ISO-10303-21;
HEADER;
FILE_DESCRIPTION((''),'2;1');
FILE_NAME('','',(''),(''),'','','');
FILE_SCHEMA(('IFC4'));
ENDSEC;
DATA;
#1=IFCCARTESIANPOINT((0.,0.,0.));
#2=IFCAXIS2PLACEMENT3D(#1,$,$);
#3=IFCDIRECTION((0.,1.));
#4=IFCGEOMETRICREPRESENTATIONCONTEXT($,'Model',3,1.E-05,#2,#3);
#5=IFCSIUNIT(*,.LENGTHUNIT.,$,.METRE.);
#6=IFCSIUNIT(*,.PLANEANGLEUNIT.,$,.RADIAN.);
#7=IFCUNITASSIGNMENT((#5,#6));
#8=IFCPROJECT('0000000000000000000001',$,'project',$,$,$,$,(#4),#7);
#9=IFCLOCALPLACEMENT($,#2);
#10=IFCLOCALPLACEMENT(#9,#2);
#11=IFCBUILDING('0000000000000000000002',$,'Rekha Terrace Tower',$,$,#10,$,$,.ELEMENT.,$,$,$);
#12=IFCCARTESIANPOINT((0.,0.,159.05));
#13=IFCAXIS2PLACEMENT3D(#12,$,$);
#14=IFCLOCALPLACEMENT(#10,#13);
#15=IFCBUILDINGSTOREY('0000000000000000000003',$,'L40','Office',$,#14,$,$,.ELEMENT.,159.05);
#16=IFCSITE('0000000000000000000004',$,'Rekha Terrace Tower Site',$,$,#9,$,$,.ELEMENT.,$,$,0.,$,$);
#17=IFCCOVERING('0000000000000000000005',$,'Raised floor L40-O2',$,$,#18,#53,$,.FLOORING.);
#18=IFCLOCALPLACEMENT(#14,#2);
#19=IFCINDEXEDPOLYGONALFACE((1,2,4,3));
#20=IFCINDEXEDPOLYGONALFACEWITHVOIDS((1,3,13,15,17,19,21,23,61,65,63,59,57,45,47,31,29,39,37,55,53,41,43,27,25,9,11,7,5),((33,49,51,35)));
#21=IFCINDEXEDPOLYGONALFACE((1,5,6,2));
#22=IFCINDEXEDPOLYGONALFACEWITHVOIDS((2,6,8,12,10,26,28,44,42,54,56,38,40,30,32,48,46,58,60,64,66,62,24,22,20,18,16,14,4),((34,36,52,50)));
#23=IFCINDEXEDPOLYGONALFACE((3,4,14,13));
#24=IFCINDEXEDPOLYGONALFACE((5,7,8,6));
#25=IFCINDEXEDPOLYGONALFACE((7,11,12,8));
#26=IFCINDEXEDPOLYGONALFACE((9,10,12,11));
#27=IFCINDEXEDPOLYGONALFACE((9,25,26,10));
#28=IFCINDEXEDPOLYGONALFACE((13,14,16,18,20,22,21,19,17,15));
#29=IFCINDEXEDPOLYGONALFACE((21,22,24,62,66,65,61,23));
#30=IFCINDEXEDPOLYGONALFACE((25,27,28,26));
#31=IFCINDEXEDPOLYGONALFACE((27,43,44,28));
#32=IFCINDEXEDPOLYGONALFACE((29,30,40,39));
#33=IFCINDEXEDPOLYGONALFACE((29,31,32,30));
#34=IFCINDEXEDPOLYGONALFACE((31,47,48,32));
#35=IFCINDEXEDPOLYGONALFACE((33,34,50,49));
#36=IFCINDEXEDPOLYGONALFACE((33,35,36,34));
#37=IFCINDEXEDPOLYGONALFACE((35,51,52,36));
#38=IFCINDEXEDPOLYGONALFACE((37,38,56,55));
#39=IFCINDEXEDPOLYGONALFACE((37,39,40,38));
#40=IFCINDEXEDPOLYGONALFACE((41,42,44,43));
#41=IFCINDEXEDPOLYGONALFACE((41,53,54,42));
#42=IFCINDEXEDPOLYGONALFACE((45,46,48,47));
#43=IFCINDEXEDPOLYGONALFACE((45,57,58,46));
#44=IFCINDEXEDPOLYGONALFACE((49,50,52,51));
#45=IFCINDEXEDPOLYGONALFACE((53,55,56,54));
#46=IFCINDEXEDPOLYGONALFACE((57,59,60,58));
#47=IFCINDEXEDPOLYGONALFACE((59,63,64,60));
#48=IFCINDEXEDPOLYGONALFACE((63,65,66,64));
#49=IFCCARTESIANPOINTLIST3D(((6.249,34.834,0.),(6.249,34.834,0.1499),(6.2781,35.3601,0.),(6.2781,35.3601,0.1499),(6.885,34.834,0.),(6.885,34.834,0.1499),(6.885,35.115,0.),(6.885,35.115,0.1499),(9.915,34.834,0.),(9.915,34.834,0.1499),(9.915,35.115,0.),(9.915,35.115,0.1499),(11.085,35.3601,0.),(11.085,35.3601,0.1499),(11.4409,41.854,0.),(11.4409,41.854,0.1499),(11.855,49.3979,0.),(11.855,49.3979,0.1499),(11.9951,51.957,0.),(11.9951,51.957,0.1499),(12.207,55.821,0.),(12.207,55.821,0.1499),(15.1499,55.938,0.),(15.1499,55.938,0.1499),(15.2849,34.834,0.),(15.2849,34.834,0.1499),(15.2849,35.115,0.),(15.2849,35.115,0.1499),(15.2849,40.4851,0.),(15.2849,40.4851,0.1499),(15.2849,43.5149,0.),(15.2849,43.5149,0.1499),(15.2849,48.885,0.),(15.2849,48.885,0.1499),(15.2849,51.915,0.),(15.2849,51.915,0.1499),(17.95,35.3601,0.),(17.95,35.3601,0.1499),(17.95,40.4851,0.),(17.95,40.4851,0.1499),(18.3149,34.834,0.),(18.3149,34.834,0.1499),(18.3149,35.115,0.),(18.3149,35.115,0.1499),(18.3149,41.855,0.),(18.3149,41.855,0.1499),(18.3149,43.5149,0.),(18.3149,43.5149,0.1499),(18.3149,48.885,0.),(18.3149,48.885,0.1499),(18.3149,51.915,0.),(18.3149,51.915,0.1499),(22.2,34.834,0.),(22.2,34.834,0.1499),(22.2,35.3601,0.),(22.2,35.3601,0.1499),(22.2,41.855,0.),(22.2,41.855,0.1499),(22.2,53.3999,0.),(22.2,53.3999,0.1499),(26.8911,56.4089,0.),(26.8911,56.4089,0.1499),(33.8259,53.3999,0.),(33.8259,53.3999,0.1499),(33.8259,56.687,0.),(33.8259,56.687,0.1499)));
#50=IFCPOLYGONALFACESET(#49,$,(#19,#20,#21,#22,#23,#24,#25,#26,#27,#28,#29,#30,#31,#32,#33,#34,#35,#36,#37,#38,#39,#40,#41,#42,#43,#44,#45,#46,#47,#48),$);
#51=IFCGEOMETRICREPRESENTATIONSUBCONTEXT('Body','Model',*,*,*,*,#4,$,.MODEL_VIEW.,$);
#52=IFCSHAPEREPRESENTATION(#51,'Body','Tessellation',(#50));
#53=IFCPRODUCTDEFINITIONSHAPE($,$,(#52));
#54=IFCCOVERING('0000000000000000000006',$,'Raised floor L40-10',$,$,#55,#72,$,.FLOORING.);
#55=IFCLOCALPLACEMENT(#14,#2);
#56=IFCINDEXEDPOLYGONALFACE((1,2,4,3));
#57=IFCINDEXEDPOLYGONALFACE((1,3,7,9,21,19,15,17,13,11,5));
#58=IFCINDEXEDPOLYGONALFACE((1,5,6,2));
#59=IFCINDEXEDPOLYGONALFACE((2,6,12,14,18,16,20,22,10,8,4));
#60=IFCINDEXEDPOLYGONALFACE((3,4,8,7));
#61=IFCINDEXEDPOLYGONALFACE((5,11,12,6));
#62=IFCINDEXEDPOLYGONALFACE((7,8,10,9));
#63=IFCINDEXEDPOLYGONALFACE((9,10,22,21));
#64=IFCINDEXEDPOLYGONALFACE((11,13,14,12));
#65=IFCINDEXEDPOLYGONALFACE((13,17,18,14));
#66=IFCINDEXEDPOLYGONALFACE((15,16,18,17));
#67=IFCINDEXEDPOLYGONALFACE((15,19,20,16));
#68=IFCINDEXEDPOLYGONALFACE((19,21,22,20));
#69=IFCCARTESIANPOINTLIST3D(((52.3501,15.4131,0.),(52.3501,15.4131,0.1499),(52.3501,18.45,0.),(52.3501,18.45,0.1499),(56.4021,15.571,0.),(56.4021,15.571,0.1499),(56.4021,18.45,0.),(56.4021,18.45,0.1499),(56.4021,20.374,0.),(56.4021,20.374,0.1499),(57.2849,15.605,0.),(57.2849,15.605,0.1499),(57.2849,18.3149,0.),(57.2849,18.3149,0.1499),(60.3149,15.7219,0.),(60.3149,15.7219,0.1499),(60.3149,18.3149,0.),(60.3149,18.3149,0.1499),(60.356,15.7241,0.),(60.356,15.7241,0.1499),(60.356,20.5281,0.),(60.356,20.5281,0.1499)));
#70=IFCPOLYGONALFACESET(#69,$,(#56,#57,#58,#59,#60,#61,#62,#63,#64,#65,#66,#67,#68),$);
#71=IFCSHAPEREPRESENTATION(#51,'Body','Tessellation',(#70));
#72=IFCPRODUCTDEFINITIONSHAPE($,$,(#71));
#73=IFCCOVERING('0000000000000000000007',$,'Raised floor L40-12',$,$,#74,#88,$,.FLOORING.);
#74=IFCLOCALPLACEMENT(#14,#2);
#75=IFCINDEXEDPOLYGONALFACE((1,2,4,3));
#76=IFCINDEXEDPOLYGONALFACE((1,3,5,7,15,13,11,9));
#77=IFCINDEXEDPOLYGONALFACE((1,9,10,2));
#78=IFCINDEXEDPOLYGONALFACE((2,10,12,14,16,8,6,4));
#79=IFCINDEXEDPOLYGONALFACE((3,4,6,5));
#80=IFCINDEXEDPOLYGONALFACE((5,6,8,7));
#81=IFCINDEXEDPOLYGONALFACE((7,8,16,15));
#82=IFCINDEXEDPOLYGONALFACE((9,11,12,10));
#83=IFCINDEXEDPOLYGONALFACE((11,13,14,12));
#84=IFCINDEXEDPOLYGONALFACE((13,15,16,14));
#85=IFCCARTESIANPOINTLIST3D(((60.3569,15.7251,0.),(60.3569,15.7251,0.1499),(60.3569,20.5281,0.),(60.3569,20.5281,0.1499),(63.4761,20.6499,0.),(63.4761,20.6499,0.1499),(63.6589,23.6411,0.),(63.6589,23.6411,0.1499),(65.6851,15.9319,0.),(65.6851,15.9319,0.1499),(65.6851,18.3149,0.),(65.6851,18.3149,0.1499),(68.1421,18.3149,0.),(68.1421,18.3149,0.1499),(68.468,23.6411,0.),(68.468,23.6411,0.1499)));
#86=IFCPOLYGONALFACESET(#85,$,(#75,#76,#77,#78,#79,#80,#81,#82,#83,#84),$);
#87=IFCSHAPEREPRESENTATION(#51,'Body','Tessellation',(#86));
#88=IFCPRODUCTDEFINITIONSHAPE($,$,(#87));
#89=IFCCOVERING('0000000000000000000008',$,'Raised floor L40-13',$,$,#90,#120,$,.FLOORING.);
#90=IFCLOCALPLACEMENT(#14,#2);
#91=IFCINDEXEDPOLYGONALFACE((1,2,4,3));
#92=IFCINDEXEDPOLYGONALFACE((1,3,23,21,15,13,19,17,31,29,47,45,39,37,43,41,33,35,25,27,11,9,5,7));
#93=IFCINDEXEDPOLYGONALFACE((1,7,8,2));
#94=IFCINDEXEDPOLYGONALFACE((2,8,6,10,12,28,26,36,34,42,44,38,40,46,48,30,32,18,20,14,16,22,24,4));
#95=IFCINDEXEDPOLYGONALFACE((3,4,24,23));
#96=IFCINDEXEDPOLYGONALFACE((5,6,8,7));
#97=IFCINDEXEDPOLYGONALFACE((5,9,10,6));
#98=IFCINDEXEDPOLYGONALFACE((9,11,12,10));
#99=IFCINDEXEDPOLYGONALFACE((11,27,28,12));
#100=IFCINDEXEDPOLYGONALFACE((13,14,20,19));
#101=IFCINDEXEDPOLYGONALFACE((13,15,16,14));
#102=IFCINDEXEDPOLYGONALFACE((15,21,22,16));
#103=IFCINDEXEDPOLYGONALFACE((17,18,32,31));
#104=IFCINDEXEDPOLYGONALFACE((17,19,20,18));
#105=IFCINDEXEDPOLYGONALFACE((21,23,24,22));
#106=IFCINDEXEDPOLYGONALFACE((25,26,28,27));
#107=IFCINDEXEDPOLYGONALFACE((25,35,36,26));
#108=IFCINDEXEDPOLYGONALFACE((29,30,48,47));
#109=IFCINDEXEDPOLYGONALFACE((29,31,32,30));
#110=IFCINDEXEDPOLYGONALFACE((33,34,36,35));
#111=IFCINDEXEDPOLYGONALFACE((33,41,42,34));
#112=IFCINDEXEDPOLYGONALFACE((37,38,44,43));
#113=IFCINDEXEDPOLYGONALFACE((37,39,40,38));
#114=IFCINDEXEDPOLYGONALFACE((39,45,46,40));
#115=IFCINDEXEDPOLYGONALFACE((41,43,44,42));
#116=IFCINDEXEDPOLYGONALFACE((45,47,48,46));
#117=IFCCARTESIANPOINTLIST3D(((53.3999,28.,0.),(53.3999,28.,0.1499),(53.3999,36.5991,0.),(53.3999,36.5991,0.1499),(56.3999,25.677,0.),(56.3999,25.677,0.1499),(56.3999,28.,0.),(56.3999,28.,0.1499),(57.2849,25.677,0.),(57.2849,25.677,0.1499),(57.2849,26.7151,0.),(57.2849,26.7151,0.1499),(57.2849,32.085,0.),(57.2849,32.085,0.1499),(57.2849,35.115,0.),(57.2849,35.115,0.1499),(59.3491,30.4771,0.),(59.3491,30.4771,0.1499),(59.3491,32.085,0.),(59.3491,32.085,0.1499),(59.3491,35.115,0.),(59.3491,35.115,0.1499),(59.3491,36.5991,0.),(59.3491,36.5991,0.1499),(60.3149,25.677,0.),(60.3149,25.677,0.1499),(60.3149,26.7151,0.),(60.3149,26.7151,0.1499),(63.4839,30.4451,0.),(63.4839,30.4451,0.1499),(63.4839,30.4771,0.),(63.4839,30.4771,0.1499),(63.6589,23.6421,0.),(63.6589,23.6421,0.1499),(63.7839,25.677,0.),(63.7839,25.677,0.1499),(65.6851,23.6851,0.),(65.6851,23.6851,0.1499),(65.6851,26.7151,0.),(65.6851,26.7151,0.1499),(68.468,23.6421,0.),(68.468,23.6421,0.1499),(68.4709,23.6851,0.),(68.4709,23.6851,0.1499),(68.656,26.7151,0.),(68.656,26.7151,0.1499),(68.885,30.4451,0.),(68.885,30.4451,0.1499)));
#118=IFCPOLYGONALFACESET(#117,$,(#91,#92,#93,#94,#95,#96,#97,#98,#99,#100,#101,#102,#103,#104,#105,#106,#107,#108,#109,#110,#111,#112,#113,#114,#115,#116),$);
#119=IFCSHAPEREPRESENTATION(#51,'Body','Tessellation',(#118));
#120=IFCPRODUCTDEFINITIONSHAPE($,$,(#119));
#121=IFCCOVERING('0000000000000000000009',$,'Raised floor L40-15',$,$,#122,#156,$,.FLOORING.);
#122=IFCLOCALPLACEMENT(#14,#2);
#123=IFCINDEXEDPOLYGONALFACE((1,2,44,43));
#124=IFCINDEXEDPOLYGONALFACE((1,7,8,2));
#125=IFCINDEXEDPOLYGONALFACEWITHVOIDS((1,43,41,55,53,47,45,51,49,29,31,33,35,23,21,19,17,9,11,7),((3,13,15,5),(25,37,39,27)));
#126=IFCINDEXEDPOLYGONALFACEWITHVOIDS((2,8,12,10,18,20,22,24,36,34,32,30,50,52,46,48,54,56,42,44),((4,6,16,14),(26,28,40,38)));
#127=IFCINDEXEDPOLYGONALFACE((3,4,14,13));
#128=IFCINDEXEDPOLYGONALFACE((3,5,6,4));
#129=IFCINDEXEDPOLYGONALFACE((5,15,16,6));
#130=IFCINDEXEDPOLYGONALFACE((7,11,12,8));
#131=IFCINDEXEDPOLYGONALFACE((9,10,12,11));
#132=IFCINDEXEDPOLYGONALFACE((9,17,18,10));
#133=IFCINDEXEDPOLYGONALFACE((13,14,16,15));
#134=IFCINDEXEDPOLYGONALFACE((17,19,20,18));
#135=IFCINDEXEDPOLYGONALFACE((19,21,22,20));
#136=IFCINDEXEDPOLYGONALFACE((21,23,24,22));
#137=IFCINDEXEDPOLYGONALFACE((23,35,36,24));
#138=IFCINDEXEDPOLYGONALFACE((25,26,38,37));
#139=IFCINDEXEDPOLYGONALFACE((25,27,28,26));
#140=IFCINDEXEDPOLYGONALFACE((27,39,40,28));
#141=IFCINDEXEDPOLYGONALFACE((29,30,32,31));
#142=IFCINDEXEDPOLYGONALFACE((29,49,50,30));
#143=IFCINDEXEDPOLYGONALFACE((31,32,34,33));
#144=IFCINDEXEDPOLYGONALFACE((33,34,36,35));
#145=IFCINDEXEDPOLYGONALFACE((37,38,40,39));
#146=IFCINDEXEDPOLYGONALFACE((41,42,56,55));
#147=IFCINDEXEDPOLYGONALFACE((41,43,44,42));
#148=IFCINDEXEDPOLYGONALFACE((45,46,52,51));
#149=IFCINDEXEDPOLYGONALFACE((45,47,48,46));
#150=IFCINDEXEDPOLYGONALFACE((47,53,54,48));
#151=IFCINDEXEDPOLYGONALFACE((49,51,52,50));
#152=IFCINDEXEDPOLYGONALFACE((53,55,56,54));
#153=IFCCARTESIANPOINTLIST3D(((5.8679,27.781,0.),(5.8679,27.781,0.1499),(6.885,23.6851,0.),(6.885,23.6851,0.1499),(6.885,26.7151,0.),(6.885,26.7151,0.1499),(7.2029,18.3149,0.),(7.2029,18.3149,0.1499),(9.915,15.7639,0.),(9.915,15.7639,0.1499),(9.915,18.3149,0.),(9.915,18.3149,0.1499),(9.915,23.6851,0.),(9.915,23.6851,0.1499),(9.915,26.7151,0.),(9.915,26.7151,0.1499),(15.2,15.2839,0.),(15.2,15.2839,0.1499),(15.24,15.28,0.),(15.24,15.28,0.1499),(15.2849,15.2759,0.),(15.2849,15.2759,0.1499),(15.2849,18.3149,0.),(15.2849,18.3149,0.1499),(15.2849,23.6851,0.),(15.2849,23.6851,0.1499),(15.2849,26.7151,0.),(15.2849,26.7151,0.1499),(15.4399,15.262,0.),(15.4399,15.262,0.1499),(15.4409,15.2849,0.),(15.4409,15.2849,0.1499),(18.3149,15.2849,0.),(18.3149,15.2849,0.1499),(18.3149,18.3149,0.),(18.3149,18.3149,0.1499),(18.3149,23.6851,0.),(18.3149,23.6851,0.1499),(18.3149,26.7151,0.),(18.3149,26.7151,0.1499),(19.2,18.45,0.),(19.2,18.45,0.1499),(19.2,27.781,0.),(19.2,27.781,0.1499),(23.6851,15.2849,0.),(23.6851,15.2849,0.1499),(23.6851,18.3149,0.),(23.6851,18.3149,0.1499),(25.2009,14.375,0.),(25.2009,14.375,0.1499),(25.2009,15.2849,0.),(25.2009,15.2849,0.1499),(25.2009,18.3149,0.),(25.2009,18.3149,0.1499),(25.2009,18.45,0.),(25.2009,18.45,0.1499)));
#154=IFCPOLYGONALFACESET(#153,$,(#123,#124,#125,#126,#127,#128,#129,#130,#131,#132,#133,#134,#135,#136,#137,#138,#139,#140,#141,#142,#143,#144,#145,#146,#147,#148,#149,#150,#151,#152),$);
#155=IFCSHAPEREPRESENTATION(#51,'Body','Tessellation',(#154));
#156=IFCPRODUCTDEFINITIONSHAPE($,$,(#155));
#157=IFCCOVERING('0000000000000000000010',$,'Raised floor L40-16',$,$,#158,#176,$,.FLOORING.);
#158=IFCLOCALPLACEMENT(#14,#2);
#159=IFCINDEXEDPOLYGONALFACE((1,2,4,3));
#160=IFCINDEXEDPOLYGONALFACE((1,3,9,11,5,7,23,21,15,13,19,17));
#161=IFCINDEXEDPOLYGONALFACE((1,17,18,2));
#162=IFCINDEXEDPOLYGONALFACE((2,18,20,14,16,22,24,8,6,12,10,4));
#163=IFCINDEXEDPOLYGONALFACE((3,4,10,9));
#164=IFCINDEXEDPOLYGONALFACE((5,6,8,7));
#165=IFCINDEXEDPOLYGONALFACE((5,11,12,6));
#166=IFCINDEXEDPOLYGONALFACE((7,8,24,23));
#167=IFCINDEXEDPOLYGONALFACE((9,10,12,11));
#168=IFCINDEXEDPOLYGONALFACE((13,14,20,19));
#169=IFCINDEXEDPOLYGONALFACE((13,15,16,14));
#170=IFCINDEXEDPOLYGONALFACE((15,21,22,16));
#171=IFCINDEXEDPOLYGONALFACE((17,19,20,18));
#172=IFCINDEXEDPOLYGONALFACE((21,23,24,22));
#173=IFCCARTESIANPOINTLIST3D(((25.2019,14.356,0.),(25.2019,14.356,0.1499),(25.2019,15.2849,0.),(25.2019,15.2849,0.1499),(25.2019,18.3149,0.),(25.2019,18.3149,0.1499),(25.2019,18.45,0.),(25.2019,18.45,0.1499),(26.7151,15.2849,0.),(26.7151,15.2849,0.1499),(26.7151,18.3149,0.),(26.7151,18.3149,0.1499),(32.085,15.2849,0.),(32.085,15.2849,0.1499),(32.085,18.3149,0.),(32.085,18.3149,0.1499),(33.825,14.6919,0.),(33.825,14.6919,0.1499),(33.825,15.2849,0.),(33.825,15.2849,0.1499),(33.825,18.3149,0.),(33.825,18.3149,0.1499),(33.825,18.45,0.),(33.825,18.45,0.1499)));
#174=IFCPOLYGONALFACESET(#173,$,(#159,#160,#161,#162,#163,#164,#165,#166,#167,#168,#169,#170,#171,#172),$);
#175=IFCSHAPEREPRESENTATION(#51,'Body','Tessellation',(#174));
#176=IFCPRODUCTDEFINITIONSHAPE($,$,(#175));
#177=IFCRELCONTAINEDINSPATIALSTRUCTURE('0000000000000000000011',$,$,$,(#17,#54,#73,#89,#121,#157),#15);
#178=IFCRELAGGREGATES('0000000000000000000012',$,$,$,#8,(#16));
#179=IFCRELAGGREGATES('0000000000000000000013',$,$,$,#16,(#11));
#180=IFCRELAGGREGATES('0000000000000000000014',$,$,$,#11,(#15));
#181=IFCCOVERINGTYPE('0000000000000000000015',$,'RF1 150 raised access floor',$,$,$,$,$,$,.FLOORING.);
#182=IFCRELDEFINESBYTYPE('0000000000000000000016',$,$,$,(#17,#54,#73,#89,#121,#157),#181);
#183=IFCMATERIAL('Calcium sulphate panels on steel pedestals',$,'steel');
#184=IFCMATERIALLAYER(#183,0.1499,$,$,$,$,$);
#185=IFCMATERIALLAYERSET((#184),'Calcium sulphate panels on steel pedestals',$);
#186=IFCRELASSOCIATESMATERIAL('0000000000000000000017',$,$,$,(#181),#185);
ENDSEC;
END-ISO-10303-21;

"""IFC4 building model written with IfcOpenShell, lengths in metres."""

from ifc_helpers import new_model, si_unit, direction, frame, origin, place, context, subcontext, project, spatial, polyline, outline, extrude, material, layer, layer_set, type_object, element, save


model = new_model("IFC4")

# Units and contexts
model_context = context("Model", 3, precision=1e-05, world=origin(), true_north=direction((0.0, 1.0)))
body_context = subcontext(model_context, "Body", "Model", "MODEL_VIEW")
ifc_project = project(units=[si_unit("LENGTHUNIT", "METRE"), si_unit("PLANEANGLEUNIT", "RADIAN")], contexts=[model_context])

# Site, building, storey
site_placement = place(None, origin())
site = spatial("IfcSite", under=ifc_project, at=site_placement, Name="Rekha Terrace Tower Site", CompositionType="ELEMENT", RefElevation=0.0)
building_placement = place(site_placement, origin())
building = spatial("IfcBuilding", under=site, at=building_placement, Name="Rekha Terrace Tower", CompositionType="ELEMENT")
storey_placement = place(building_placement, frame((0.0, 0.0, 159.05)))
storey = spatial("IfcBuildingStorey", under=building, at=storey_placement, Name="L40", Description="Office", CompositionType="ELEMENT", Elevation=159.05)

# Coverings
ifc_material_1 = material(Name="Calcium sulphate panels on steel pedestals", Category="steel")
ifc_layer_1 = layer(ifc_material_1, 0.1499)
ifc_layer_set_1 = layer_set([ifc_layer_1], Name="Calcium sulphate panels on steel pedestals")
covering_type_1 = type_object("IfcCoveringType", Name="RF1 150 raised access floor", PredefinedType="FLOORING", material=ifc_layer_set_1)
covering_1_placement = place(storey_placement, origin())
element("IfcCovering", 1, at=covering_1_placement, inside=storey, type_object=covering_type_1, Name="Raised floor L40-O2", PredefinedType="FLOORING", context=body_context, shape_type="SweptSolid", body=[
    extrude(outline(polyline([(11.855, 49.3979), (11.4409, 41.854), (11.085, 35.3601), (6.2781, 35.3601), (6.249, 34.834), (6.885, 34.834), (6.885, 35.115), (9.915, 35.115), (9.915, 34.834), (15.2849, 34.834), (15.2849, 35.115), (18.3149, 35.115), (18.3149, 34.834), (22.2, 34.834), (22.2, 35.3601), (17.95, 35.3601), (17.95, 40.4851), (15.2849, 40.4851), (15.2849, 43.5149), (18.3149, 43.5149), (18.3149, 41.855), (22.2, 41.855), (22.2, 53.3999), (33.8259, 53.3999), (33.8259, 56.687), (26.8911, 56.4089), (15.1499, 55.938), (12.207, 55.821), (11.9951, 51.957), (11.855, 49.3979)]), holes=[polyline([(18.3149, 48.885), (15.2849, 48.885), (15.2849, 51.915), (18.3149, 51.915), (18.3149, 48.885)])]), origin(), (0.0, 0.0, 1.0), 0.1499),
])
covering_2_placement = place(storey_placement, origin())
element("IfcCovering", 2, at=covering_2_placement, inside=storey, type_object=covering_type_1, Name="Raised floor L40-10", PredefinedType="FLOORING", context=body_context, shape_type="SweptSolid", body=[
    extrude(outline(polyline([(52.3501, 18.45), (52.3501, 15.4131), (56.4021, 15.571), (57.2849, 15.605), (57.2849, 18.3149), (60.3149, 18.3149), (60.3149, 15.7219), (60.356, 15.7241), (60.356, 20.5281), (56.4021, 20.374), (56.4021, 18.45), (52.3501, 18.45)])), origin(), (0.0, 0.0, 1.0), 0.1499),
])
covering_3_placement = place(storey_placement, origin())
element("IfcCovering", 3, at=covering_3_placement, inside=storey, type_object=covering_type_1, Name="Raised floor L40-12", PredefinedType="FLOORING", context=body_context, shape_type="SweptSolid", body=[
    extrude(outline(polyline([(68.1421, 18.3149), (68.468, 23.6411), (63.6589, 23.6411), (63.4761, 20.6499), (60.3569, 20.5281), (60.3569, 15.7251), (65.6851, 15.9319), (65.6851, 18.3149), (68.1421, 18.3149)])), origin(), (0.0, 0.0, 1.0), 0.1499),
])
covering_4_placement = place(storey_placement, origin())
element("IfcCovering", 4, at=covering_4_placement, inside=storey, type_object=covering_type_1, Name="Raised floor L40-13", PredefinedType="FLOORING", context=body_context, shape_type="SweptSolid", body=[
    extrude(outline(polyline([(63.7839, 25.677), (63.6589, 23.6421), (68.468, 23.6421), (68.4709, 23.6851), (65.6851, 23.6851), (65.6851, 26.7151), (68.656, 26.7151), (68.885, 30.4451), (63.4839, 30.4451), (63.4839, 30.4771), (59.3491, 30.4771), (59.3491, 32.085), (57.2849, 32.085), (57.2849, 35.115), (59.3491, 35.115), (59.3491, 36.5991), (53.3999, 36.5991), (53.3999, 28.0), (56.3999, 28.0), (56.3999, 25.677), (57.2849, 25.677), (57.2849, 26.7151), (60.3149, 26.7151), (60.3149, 25.677), (63.7839, 25.677)])), origin(), (0.0, 0.0, 1.0), 0.1499),
])
covering_5_placement = place(storey_placement, origin())
element("IfcCovering", 5, at=covering_5_placement, inside=storey, type_object=covering_type_1, Name="Raised floor L40-15", PredefinedType="FLOORING", context=body_context, shape_type="SweptSolid", body=[
    extrude(outline(polyline([(15.24, 15.28), (15.2849, 15.2759), (15.2849, 18.3149), (18.3149, 18.3149), (18.3149, 15.2849), (15.4409, 15.2849), (15.4399, 15.262), (25.2009, 14.375), (25.2009, 15.2849), (23.6851, 15.2849), (23.6851, 18.3149), (25.2009, 18.3149), (25.2009, 18.45), (19.2, 18.45), (19.2, 27.781), (5.8679, 27.781), (7.2029, 18.3149), (9.915, 18.3149), (9.915, 15.7639), (15.2, 15.2839), (15.24, 15.28)]), holes=[polyline([(18.3149, 26.7151), (18.3149, 23.6851), (15.2849, 23.6851), (15.2849, 26.7151), (18.3149, 26.7151)]), polyline([(9.915, 23.6851), (6.885, 23.6851), (6.885, 26.7151), (9.915, 26.7151), (9.915, 23.6851)])]), origin(), (0.0, 0.0, 1.0), 0.1499),
])
covering_6_placement = place(storey_placement, origin())
element("IfcCovering", 6, at=covering_6_placement, inside=storey, type_object=covering_type_1, Name="Raised floor L40-16", PredefinedType="FLOORING", context=body_context, shape_type="SweptSolid", body=[
    extrude(outline(polyline([(33.825, 18.3149), (33.825, 18.45), (25.2019, 18.45), (25.2019, 18.3149), (26.7151, 18.3149), (26.7151, 15.2849), (25.2019, 15.2849), (25.2019, 14.356), (33.825, 14.6919), (33.825, 15.2849), (32.085, 15.2849), (32.085, 18.3149), (33.825, 18.3149)])), origin(), (0.0, 0.0, 1.0), 0.1499),
])

save(model, "model.ifc")
